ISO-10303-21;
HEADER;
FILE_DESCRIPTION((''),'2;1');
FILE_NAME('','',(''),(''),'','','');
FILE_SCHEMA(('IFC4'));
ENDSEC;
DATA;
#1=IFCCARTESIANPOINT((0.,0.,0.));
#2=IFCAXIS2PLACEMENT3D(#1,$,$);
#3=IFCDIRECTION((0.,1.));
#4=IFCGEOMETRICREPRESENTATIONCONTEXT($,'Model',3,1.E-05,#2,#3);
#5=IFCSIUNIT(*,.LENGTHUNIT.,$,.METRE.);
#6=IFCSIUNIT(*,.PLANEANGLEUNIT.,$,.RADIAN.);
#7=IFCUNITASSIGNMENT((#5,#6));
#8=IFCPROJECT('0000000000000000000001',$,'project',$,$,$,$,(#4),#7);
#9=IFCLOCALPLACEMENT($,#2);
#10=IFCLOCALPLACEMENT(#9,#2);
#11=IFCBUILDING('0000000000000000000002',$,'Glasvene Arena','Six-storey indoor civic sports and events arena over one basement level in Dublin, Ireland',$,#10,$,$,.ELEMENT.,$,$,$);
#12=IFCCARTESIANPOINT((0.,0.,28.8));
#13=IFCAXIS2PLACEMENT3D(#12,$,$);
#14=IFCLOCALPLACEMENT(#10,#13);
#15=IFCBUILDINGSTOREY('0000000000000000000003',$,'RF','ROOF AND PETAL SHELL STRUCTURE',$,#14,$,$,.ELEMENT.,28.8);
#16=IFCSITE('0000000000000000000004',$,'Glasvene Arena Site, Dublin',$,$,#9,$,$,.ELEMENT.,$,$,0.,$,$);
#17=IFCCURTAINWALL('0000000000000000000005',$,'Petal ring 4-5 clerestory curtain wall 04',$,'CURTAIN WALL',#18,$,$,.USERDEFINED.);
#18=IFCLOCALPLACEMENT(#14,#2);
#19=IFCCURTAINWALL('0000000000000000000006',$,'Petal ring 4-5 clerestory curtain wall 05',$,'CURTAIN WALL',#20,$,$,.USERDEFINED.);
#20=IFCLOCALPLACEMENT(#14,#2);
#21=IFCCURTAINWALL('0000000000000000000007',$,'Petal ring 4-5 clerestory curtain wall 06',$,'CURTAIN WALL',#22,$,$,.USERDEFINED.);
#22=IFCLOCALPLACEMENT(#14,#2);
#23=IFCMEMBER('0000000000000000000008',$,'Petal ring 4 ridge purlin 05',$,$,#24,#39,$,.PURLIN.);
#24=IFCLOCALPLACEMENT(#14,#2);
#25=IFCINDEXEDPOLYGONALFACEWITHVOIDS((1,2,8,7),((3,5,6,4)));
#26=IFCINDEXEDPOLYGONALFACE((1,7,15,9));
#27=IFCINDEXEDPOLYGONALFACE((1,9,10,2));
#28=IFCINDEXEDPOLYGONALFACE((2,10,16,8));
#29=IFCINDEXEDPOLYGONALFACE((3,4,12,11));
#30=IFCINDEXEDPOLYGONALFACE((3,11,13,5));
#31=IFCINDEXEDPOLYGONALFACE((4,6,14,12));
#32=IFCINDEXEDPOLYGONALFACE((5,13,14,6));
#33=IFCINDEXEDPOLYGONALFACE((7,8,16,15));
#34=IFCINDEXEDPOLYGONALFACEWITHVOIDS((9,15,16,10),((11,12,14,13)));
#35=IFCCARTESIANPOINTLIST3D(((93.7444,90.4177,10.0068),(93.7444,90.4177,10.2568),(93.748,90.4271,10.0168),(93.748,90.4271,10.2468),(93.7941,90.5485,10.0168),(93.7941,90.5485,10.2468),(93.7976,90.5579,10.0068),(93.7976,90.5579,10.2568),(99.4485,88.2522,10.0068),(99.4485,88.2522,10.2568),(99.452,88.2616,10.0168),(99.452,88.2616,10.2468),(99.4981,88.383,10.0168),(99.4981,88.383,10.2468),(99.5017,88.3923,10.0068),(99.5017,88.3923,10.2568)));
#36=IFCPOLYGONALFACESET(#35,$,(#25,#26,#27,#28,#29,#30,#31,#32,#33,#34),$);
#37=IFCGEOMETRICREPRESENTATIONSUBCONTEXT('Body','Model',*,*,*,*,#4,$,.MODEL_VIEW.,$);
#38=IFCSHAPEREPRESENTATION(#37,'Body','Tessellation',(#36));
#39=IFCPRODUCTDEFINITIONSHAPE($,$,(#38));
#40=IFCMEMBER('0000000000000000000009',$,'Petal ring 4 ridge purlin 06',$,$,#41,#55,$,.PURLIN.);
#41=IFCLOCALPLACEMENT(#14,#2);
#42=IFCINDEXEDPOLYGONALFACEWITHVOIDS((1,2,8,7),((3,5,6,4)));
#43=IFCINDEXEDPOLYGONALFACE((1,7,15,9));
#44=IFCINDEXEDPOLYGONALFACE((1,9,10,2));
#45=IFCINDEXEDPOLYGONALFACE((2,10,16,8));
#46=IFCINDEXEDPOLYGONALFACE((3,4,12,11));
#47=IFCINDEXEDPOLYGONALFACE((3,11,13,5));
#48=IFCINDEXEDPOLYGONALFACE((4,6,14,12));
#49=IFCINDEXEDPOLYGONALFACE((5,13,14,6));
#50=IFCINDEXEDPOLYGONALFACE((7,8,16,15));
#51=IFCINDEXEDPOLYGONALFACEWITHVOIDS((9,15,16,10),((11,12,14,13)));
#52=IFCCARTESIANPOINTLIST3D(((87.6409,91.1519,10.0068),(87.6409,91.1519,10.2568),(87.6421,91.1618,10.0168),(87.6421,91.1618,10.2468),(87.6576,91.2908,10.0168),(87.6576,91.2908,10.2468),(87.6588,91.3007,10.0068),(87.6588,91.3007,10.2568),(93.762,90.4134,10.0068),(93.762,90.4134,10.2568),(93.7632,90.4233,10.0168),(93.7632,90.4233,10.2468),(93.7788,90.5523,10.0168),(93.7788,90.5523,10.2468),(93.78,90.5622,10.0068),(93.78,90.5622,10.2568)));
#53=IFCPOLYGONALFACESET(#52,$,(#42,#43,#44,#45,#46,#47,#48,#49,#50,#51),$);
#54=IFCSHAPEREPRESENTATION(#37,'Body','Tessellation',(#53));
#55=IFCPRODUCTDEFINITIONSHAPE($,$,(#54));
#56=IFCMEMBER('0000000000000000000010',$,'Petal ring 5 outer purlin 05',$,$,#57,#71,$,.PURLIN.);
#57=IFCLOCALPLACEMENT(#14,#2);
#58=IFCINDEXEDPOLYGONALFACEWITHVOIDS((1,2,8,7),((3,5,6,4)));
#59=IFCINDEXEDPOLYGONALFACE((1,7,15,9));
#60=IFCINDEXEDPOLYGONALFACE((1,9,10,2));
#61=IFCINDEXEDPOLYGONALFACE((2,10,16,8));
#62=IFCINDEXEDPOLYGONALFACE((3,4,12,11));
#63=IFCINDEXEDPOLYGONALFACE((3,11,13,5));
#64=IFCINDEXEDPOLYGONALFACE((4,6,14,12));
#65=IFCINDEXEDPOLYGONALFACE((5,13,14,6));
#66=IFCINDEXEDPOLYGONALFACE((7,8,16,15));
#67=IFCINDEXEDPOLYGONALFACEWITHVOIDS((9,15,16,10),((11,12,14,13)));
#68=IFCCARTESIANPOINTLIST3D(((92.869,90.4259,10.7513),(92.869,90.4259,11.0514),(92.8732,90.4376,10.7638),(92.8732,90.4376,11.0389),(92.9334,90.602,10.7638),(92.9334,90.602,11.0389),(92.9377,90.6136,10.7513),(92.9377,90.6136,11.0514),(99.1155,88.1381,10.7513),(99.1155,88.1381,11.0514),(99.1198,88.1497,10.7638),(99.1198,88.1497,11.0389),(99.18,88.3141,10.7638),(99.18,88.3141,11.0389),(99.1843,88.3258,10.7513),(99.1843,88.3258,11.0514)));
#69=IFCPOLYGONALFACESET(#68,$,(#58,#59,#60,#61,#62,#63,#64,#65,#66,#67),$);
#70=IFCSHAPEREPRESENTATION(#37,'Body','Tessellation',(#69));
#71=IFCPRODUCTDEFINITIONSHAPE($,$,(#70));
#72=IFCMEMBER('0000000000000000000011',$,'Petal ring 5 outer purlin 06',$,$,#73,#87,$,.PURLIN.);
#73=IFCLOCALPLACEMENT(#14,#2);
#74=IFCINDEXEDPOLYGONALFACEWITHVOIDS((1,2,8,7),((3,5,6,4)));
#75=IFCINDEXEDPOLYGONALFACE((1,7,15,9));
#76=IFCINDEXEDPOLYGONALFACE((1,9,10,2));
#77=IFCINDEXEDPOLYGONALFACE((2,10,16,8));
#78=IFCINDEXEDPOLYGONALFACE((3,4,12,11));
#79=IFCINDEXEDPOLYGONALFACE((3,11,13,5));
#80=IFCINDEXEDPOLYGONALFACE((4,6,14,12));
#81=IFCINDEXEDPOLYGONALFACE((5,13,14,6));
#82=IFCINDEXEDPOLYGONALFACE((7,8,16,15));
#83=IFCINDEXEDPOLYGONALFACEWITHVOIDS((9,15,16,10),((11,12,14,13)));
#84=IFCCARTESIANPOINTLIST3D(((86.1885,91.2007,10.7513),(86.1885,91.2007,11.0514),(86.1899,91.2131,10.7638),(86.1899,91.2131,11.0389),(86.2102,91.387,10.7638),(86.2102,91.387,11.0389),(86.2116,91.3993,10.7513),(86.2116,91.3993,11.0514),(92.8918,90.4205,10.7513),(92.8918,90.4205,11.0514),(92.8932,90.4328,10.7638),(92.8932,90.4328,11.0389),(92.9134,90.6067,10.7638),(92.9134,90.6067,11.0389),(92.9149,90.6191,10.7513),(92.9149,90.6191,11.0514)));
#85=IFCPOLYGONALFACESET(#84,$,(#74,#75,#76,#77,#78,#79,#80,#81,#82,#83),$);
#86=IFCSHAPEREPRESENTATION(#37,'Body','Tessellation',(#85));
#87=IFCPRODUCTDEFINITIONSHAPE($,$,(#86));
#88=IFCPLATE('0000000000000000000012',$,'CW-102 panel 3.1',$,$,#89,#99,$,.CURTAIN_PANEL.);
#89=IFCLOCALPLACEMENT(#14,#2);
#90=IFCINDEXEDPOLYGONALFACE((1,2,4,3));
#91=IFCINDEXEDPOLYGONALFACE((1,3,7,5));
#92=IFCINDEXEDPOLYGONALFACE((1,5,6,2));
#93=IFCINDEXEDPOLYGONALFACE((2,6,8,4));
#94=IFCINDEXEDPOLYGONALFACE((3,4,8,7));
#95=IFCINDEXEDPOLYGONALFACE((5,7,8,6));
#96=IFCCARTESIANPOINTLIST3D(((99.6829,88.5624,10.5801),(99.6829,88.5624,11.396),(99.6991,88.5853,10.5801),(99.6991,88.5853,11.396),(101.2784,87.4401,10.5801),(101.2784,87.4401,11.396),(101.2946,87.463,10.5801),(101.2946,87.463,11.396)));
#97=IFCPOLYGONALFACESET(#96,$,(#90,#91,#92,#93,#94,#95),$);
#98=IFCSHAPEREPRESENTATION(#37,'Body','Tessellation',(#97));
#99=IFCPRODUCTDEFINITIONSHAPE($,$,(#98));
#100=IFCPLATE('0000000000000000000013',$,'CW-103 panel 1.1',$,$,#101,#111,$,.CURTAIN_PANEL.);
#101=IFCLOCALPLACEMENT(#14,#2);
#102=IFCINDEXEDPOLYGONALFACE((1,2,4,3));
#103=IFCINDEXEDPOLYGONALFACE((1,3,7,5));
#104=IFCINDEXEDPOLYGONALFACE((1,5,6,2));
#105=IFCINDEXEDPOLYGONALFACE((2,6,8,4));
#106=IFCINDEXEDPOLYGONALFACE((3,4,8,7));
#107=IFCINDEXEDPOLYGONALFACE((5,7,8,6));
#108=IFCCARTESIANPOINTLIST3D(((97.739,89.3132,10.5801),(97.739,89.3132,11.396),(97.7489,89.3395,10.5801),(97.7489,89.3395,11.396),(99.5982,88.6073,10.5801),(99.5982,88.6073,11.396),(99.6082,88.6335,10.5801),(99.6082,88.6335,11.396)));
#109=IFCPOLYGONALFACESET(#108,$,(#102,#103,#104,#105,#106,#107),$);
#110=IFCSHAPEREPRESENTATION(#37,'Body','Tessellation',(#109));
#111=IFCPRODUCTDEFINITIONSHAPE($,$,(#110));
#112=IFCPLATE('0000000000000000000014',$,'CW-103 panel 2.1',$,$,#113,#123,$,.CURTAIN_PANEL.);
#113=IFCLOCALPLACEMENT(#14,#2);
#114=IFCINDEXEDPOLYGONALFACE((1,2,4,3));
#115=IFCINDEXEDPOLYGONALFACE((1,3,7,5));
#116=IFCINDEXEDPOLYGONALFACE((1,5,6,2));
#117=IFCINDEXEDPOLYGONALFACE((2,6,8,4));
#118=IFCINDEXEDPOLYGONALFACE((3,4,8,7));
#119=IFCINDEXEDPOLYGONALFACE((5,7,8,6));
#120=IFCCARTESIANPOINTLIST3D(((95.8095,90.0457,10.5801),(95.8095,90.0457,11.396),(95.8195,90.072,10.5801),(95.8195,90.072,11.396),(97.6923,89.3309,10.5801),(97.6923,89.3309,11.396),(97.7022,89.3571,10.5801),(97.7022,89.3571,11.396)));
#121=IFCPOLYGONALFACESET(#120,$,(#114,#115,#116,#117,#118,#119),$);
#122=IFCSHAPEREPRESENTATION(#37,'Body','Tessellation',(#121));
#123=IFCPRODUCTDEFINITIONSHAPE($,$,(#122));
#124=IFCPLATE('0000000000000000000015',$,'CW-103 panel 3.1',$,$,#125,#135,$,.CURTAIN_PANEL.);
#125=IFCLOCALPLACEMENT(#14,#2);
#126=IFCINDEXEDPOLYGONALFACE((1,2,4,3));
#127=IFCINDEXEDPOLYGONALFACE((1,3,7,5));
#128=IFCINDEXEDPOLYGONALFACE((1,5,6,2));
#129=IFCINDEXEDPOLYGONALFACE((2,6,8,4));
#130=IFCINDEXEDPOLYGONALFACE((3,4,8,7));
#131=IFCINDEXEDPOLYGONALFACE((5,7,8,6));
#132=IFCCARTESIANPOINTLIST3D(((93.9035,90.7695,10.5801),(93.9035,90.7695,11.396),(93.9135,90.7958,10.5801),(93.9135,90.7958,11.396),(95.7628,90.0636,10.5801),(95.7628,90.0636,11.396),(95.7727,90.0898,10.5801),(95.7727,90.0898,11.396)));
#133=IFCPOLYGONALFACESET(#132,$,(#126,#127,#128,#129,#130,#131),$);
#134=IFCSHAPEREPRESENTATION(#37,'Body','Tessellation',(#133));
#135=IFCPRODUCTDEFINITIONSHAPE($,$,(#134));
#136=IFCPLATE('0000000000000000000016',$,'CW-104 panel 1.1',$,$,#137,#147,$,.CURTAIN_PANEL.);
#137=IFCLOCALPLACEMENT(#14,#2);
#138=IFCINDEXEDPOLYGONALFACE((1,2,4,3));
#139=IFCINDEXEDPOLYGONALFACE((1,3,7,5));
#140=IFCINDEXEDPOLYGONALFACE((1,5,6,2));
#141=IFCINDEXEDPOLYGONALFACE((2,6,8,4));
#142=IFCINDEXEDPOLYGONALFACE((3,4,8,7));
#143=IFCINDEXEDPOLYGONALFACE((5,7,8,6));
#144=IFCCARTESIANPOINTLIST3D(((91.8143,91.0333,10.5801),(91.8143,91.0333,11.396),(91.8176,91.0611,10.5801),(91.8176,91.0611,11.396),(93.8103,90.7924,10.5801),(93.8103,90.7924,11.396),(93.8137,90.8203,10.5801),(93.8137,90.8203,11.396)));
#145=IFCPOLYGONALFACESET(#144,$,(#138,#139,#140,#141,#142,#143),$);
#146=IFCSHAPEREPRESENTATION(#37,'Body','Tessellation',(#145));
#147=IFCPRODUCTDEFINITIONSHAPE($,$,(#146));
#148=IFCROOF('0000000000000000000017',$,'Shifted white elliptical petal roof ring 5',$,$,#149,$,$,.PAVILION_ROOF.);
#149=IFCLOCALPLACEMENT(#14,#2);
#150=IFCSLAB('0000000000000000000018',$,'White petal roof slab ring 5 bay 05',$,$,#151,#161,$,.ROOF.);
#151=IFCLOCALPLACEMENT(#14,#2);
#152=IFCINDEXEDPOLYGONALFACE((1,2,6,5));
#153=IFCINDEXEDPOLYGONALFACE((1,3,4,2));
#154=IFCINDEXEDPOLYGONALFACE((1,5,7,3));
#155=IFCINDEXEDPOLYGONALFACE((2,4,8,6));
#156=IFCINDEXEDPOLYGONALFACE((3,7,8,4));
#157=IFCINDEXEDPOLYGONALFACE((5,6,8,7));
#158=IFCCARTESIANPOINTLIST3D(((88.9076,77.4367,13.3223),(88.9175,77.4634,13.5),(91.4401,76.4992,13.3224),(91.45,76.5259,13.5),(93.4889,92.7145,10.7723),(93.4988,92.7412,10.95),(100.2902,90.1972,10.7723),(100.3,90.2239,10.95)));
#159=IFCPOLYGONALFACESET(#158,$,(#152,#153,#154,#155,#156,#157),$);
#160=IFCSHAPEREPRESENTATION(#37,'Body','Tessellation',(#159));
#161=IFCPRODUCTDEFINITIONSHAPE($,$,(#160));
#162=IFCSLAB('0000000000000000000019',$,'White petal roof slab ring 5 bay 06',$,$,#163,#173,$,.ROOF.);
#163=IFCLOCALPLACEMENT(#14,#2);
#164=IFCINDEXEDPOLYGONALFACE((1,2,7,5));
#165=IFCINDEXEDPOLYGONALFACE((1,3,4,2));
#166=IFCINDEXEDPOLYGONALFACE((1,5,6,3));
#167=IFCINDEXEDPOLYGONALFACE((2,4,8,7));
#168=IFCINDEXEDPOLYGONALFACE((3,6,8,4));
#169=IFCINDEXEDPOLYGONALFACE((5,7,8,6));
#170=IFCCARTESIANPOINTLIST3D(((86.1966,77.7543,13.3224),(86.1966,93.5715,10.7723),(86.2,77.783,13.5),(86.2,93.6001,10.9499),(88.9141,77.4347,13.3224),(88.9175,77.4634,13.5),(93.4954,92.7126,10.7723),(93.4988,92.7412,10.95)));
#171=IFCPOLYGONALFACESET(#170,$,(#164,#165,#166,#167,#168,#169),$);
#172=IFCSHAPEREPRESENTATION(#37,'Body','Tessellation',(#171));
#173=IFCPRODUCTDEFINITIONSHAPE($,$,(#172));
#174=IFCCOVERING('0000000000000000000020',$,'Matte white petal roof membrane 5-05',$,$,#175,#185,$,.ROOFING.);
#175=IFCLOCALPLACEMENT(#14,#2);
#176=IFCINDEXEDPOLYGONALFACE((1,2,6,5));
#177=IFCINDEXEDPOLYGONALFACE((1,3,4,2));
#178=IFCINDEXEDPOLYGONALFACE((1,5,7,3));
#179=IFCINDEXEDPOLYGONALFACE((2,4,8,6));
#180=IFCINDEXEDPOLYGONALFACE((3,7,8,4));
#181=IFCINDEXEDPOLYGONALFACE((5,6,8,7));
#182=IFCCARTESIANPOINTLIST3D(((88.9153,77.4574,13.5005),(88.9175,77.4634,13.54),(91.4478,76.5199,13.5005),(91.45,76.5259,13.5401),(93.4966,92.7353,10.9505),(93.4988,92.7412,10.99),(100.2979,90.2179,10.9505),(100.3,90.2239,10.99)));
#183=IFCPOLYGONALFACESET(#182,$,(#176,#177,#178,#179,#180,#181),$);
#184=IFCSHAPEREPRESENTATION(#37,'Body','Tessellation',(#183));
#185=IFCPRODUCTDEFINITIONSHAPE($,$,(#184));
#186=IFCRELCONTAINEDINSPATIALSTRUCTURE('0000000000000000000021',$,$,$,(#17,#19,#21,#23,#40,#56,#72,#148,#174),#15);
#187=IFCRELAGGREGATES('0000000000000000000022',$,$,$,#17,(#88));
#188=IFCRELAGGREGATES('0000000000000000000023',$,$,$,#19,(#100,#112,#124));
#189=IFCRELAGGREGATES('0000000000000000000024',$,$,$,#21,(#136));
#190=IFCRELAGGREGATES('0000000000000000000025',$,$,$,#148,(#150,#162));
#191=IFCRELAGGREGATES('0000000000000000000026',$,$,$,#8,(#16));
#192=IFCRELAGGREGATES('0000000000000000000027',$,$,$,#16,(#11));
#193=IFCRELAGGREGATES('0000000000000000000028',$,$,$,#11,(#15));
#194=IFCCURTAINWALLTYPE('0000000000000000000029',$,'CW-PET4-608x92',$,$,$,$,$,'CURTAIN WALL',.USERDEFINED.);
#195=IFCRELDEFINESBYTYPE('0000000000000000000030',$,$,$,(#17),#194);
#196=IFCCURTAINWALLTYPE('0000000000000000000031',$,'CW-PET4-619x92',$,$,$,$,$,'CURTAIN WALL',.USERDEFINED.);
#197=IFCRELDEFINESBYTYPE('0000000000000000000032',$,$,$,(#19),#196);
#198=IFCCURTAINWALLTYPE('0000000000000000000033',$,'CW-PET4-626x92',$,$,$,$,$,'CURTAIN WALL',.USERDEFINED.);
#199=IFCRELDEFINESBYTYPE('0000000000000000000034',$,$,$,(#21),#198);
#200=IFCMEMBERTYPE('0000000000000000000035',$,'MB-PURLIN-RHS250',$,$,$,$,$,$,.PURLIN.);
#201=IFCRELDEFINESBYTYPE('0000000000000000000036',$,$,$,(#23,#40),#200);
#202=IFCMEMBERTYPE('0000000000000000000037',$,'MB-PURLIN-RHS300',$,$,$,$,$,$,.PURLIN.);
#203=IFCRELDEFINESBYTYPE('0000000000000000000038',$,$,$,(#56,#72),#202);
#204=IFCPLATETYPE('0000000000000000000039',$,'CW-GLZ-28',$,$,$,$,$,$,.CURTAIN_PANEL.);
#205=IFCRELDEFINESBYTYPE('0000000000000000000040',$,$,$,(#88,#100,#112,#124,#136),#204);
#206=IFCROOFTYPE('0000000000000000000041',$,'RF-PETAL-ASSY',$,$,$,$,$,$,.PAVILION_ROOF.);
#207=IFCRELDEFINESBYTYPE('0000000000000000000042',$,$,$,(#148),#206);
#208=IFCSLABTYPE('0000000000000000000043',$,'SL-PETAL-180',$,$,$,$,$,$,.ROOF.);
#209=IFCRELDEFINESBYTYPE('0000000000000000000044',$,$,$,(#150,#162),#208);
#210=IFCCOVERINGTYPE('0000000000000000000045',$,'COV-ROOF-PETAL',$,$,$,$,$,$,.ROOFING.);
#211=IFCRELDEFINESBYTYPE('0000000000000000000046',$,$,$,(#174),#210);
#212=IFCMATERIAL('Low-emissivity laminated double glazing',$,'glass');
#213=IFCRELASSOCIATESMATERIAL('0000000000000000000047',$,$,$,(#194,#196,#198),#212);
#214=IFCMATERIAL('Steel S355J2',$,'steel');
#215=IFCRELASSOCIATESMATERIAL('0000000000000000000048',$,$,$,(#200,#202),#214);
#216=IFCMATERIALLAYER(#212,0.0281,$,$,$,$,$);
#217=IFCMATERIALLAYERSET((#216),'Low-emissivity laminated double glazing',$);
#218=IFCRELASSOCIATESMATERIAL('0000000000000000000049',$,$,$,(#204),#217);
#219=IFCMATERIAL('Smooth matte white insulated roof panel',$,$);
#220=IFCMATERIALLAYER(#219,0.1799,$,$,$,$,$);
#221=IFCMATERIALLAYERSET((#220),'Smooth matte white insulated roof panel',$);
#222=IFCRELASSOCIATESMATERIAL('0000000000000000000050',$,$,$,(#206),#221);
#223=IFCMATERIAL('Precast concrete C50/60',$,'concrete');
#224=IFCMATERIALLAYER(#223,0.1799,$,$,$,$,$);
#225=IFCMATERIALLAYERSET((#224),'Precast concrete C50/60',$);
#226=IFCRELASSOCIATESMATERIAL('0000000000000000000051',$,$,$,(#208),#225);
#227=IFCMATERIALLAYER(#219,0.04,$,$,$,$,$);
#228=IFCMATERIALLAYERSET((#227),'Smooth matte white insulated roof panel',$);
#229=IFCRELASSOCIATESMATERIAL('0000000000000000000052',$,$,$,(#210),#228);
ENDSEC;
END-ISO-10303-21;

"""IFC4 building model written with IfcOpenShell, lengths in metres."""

from ifc_helpers import new_model, si_unit, direction, frame, origin, origin_2d, place, context, subcontext, project, spatial, polyline, rectangle, hollow_rectangle, outline, extrude, material, layer, layer_set, material_profile, profile_set, type_object, element, aggregate, save


model = new_model("IFC4")

# Units and contexts
model_context = context("Model", 3, precision=1e-05, world=origin(), true_north=direction((0.0, 1.0)))
body_context = subcontext(model_context, "Body", "Model", "MODEL_VIEW")
ifc_project = project(units=[si_unit("LENGTHUNIT", "METRE"), si_unit("PLANEANGLEUNIT", "RADIAN")], contexts=[model_context])

# Site, building, storey
site_placement = place(None, origin())
site = spatial("IfcSite", under=ifc_project, at=site_placement, Name="Glasvene Arena Site, Dublin", CompositionType="ELEMENT", RefElevation=0.0)
building_placement = place(site_placement, origin())
building = spatial("IfcBuilding", under=site, at=building_placement, Name="Glasvene Arena", Description="Six-storey indoor civic sports and events arena over one basement level in Dublin, Ireland", CompositionType="ELEMENT")
storey_placement = place(building_placement, frame((0.0, 0.0, 28.8)))
storey = spatial("IfcBuildingStorey", under=building, at=storey_placement, Name="RF", Description="ROOF AND PETAL SHELL STRUCTURE", CompositionType="ELEMENT", Elevation=28.8)

# Curtain walls
ifc_material_1 = material(Name="Low-emissivity laminated double glazing", Category="glass")
curtain_wall_type_1 = type_object("IfcCurtainWallType", Name="CW-PET4-608x92", ElementType="CURTAIN WALL", PredefinedType="USERDEFINED", material=ifc_material_1)
curtain_wall_1_placement = place(storey_placement, frame((104.6206, 85.1062, 0.0)))
curtain_wall_1 = element("IfcCurtainWall", 1, at=curtain_wall_1_placement, inside=storey, type_object=curtain_wall_type_1, Name="Petal ring 4-5 clerestory curtain wall 04", ObjectType="CURTAIN WALL", PredefinedType="USERDEFINED")
curtain_wall_type_2 = type_object("IfcCurtainWallType", Name="CW-PET4-619x92", ElementType="CURTAIN WALL", PredefinedType="USERDEFINED", material=ifc_material_1)
curtain_wall_2_placement = place(storey_placement, frame((99.6499, 88.6025, 0.0)))
curtain_wall_2 = element("IfcCurtainWall", 2, at=curtain_wall_2_placement, inside=storey, type_object=curtain_wall_type_2, Name="Petal ring 4-5 clerestory curtain wall 05", ObjectType="CURTAIN WALL", PredefinedType="USERDEFINED")
curtain_wall_type_3 = type_object("IfcCurtainWallType", Name="CW-PET4-626x92", ElementType="CURTAIN WALL", PredefinedType="USERDEFINED", material=ifc_material_1)
curtain_wall_3_placement = place(storey_placement, frame((93.8618, 90.8003, 0.0)))
curtain_wall_3 = element("IfcCurtainWall", 3, at=curtain_wall_3_placement, inside=storey, type_object=curtain_wall_type_3, Name="Petal ring 4-5 clerestory curtain wall 06", ObjectType="CURTAIN WALL", PredefinedType="USERDEFINED")

# Members
ifc_material_2 = material(Name="Steel S355J2", Category="steel")
ifc_material_profile_1 = material_profile(ifc_material_2, hollow_rectangle(XDim=0.1499, YDim=0.25, WallThickness=0.01, at=origin_2d()), Name="RHS 250x150x10.0")
ifc_profile_set_1 = profile_set([ifc_material_profile_1], Name="Steel S355J2")
member_type_1 = type_object("IfcMemberType", Name="MB-PURLIN-RHS250", PredefinedType="PURLIN", material=ifc_profile_set_1)
member_1_placement = place(storey_placement, frame((99.4751, 88.3223, 10.1318), z_axis=(-0.934894, 0.354927, 0.0), x_axis=(-0.354927, -0.934894, 0.0)))
element("IfcMember", 4, at=member_1_placement, inside=storey, type_object=member_type_1, Name="Petal ring 4 ridge purlin 05", PredefinedType="PURLIN", context=body_context, shape_type="SweptSolid", body=[
    extrude(hollow_rectangle(XDim=0.1499, YDim=0.25, WallThickness=0.01, at=origin_2d()), origin(), (0.0, 0.0, 1.0), 6.1013),
])
member_2_placement = place(storey_placement, frame((93.771, 90.4878, 10.1318), z_axis=(-0.9928, 0.119784, 0.0), x_axis=(-0.119784, -0.9928, 0.0)))
element("IfcMember", 5, at=member_2_placement, inside=storey, type_object=member_type_1, Name="Petal ring 4 ridge purlin 06", PredefinedType="PURLIN", context=body_context, shape_type="SweptSolid", body=[
    extrude(hollow_rectangle(XDim=0.1499, YDim=0.25, WallThickness=0.01, at=origin_2d()), origin(), (0.0, 0.0, 1.0), 6.1655),
])
ifc_material_profile_2 = material_profile(ifc_material_2, hollow_rectangle(XDim=0.2, YDim=0.3, WallThickness=0.0125, at=origin_2d()), Name="RHS 300x200x12.5")
ifc_profile_set_2 = profile_set([ifc_material_profile_2], Name="Steel S355J2")
member_type_2 = type_object("IfcMemberType", Name="MB-PURLIN-RHS300", PredefinedType="PURLIN", material=ifc_profile_set_2)
member_3_placement = place(storey_placement, frame((99.1499, 88.2319, 10.9014), z_axis=(-0.939001, 0.343914, 0.0), x_axis=(-0.343914, -0.939001, 0.0)))
element("IfcMember", 6, at=member_3_placement, inside=storey, type_object=member_type_2, Name="Petal ring 5 outer purlin 05", PredefinedType="PURLIN", context=body_context, shape_type="SweptSolid", body=[
    extrude(hollow_rectangle(XDim=0.2, YDim=0.3, WallThickness=0.0125, at=origin_2d()), origin(), (0.0, 0.0, 1.0), 6.6523),
])
member_4_placement = place(storey_placement, frame((92.9033, 90.5198, 10.9014), z_axis=(-0.993294, 0.11562, 0.0), x_axis=(-0.11562, -0.993294, 0.0)))
element("IfcMember", 7, at=member_4_placement, inside=storey, type_object=member_type_2, Name="Petal ring 5 outer purlin 06", PredefinedType="PURLIN", context=body_context, shape_type="SweptSolid", body=[
    extrude(hollow_rectangle(XDim=0.2, YDim=0.3, WallThickness=0.0125, at=origin_2d()), origin(), (0.0, 0.0, 1.0), 6.7485),
])

# Plates
ifc_layer_1 = layer(ifc_material_1, 0.0281)
ifc_layer_set_1 = layer_set([ifc_layer_1], Name="Low-emissivity laminated double glazing")
plate_type = type_object("IfcPlateType", Name="CW-GLZ-28", PredefinedType="CURTAIN_PANEL", material=ifc_layer_set_1)
plate_1_placement = place(storey_placement, frame((100.4888, 88.0127, 10.5801), z_axis=(0.0, 0.0, 1.0), x_axis=(-0.817925, 0.575325, 0.0)))
plate_1 = element("IfcPlate", 8, at=plate_1_placement, type_object=plate_type, Name="CW-102 panel 3.1", PredefinedType="CURTAIN_PANEL", context=body_context, shape_type="SweptSolid", body=[
    extrude(rectangle(XDim=1.9507, YDim=0.0281, at=origin_2d()), origin(), (0.0, 0.0, 1.0), 0.8159),
])
aggregate(curtain_wall_1, [plate_1])
plate_2_placement = place(storey_placement, frame((98.6736, 88.9734, 10.5801), z_axis=(0.0, 0.0, 1.0), x_axis=(-0.934878, 0.35497, 0.0)))
plate_2 = element("IfcPlate", 9, at=plate_2_placement, type_object=plate_type, Name="CW-103 panel 1.1", PredefinedType="CURTAIN_PANEL", context=body_context, shape_type="SweptSolid", body=[
    extrude(rectangle(XDim=1.9888, YDim=0.0281, at=origin_2d()), origin(), (0.0, 0.0, 1.0), 0.8159),
])
plate_3_placement = place(storey_placement, frame((96.7559, 89.7014, 10.5801), z_axis=(0.0, 0.0, 1.0), x_axis=(-0.934878, 0.35497, 0.0)))
plate_3 = element("IfcPlate", 10, at=plate_3_placement, type_object=plate_type, Name="CW-103 panel 2.1", PredefinedType="CURTAIN_PANEL", context=body_context, shape_type="SweptSolid", body=[
    extrude(rectangle(XDim=2.0139, YDim=0.0281, at=origin_2d()), origin(), (0.0, 0.0, 1.0), 0.8159),
])
plate_4_placement = place(storey_placement, frame((94.8381, 90.4297, 10.5801), z_axis=(0.0, 0.0, 1.0), x_axis=(-0.934878, 0.35497, 0.0)))
plate_4 = element("IfcPlate", 11, at=plate_4_placement, type_object=plate_type, Name="CW-103 panel 3.1", PredefinedType="CURTAIN_PANEL", context=body_context, shape_type="SweptSolid", body=[
    extrude(rectangle(XDim=1.9888, YDim=0.0281, at=origin_2d()), origin(), (0.0, 0.0, 1.0), 0.8159),
])
aggregate(curtain_wall_2, [plate_2, plate_3, plate_4])
plate_5_placement = place(storey_placement, frame((92.814, 90.9268, 10.5801), z_axis=(0.0, 0.0, 1.0), x_axis=(-0.992797, 0.119806, 0.0)))
plate_5 = element("IfcPlate", 12, at=plate_5_placement, type_object=plate_type, Name="CW-104 panel 1.1", PredefinedType="CURTAIN_PANEL", context=body_context, shape_type="SweptSolid", body=[
    extrude(rectangle(XDim=2.0105, YDim=0.0281, at=origin_2d()), origin(), (0.0, 0.0, 1.0), 0.8159),
])
aggregate(curtain_wall_3, [plate_5])

# Roof, slabs
ifc_material_3 = material(Name="Smooth matte white insulated roof panel")
ifc_layer_2 = layer(ifc_material_3, 0.1799)
ifc_layer_set_2 = layer_set([ifc_layer_2], Name="Smooth matte white insulated roof panel")
roof_type = type_object("IfcRoofType", Name="RF-PETAL-ASSY", PredefinedType="PAVILION_ROOF", material=ifc_layer_set_2)
roof_placement = place(storey_placement, frame((86.2, 68.3999, 10.95)))
roof = element("IfcRoof", 13, at=roof_placement, inside=storey, type_object=roof_type, Name="Shifted white elliptical petal roof ring 5", PredefinedType="PAVILION_ROOF")
ifc_material_4 = material(Name="Precast concrete C50/60", Category="concrete")
ifc_layer_3 = layer(ifc_material_4, 0.1799)
ifc_layer_set_3 = layer_set([ifc_layer_3], Name="Precast concrete C50/60")
slab_type = type_object("IfcSlabType", Name="SL-PETAL-180", PredefinedType="ROOF", material=ifc_layer_set_3)
slab_1_placement = place(storey_placement, frame((100.3, 90.2239, 10.95), z_axis=(0.054909, 0.148344, 0.98741), x_axis=(-0.937823, 0.347114, 0.000002)))
slab_1 = element("IfcSlab", 14, at=slab_1_placement, type_object=slab_type, Name="White petal roof slab ring 5 bay 05", PredefinedType="ROOF", context=body_context, shape_type="SweptSolid", body=[
    extrude(outline(polyline([(0.0, 0.0), (7.2522, 0.0), (6.2455, 16.1211), (3.5451, 16.1212), (0.0, 0.0)])), origin(), (0.0, 0.0, -1.0), 0.1799),
])
slab_2_placement = place(storey_placement, frame((93.4988, 92.7412, 10.95), z_axis=(0.018723, 0.159139, 0.987079), x_axis=(-0.993147, 0.116868, -0.000003)))
slab_2 = element("IfcSlab", 15, at=slab_2_placement, type_object=slab_type, Name="White petal roof slab ring 5 bay 06", PredefinedType="ROOF", context=body_context, shape_type="SweptSolid", body=[
    extrude(outline(polyline([(0.0, 0.0), (7.3492, 0.0), (5.5007, 15.9144), (2.7644, 15.9142), (0.0, 0.0)])), origin(), (0.0, 0.0, -1.0), 0.1799),
])
aggregate(roof, [slab_1, slab_2])

# Covering
ifc_layer_4 = layer(ifc_material_3, 0.04)
ifc_layer_set_4 = layer_set([ifc_layer_4], Name="Smooth matte white insulated roof panel")
covering_type = type_object("IfcCoveringType", Name="COV-ROOF-PETAL", PredefinedType="ROOFING", material=ifc_layer_set_4)
covering_placement = place(storey_placement, frame((100.3, 90.2239, 10.99), z_axis=(0.054909, 0.148344, 0.98741), x_axis=(-0.937823, 0.347114, 0.000002)))
element("IfcCovering", 16, at=covering_placement, inside=storey, type_object=covering_type, Name="Matte white petal roof membrane 5-05", PredefinedType="ROOFING", context=body_context, shape_type="SweptSolid", body=[
    extrude(outline(polyline([(0.0, 0.0), (7.2522, 0.0), (6.2455, 16.1211), (3.5451, 16.1212), (0.0, 0.0)])), origin(), (0.0, 0.0, -1.0), 0.04),
])

save(model, "model.ifc")
